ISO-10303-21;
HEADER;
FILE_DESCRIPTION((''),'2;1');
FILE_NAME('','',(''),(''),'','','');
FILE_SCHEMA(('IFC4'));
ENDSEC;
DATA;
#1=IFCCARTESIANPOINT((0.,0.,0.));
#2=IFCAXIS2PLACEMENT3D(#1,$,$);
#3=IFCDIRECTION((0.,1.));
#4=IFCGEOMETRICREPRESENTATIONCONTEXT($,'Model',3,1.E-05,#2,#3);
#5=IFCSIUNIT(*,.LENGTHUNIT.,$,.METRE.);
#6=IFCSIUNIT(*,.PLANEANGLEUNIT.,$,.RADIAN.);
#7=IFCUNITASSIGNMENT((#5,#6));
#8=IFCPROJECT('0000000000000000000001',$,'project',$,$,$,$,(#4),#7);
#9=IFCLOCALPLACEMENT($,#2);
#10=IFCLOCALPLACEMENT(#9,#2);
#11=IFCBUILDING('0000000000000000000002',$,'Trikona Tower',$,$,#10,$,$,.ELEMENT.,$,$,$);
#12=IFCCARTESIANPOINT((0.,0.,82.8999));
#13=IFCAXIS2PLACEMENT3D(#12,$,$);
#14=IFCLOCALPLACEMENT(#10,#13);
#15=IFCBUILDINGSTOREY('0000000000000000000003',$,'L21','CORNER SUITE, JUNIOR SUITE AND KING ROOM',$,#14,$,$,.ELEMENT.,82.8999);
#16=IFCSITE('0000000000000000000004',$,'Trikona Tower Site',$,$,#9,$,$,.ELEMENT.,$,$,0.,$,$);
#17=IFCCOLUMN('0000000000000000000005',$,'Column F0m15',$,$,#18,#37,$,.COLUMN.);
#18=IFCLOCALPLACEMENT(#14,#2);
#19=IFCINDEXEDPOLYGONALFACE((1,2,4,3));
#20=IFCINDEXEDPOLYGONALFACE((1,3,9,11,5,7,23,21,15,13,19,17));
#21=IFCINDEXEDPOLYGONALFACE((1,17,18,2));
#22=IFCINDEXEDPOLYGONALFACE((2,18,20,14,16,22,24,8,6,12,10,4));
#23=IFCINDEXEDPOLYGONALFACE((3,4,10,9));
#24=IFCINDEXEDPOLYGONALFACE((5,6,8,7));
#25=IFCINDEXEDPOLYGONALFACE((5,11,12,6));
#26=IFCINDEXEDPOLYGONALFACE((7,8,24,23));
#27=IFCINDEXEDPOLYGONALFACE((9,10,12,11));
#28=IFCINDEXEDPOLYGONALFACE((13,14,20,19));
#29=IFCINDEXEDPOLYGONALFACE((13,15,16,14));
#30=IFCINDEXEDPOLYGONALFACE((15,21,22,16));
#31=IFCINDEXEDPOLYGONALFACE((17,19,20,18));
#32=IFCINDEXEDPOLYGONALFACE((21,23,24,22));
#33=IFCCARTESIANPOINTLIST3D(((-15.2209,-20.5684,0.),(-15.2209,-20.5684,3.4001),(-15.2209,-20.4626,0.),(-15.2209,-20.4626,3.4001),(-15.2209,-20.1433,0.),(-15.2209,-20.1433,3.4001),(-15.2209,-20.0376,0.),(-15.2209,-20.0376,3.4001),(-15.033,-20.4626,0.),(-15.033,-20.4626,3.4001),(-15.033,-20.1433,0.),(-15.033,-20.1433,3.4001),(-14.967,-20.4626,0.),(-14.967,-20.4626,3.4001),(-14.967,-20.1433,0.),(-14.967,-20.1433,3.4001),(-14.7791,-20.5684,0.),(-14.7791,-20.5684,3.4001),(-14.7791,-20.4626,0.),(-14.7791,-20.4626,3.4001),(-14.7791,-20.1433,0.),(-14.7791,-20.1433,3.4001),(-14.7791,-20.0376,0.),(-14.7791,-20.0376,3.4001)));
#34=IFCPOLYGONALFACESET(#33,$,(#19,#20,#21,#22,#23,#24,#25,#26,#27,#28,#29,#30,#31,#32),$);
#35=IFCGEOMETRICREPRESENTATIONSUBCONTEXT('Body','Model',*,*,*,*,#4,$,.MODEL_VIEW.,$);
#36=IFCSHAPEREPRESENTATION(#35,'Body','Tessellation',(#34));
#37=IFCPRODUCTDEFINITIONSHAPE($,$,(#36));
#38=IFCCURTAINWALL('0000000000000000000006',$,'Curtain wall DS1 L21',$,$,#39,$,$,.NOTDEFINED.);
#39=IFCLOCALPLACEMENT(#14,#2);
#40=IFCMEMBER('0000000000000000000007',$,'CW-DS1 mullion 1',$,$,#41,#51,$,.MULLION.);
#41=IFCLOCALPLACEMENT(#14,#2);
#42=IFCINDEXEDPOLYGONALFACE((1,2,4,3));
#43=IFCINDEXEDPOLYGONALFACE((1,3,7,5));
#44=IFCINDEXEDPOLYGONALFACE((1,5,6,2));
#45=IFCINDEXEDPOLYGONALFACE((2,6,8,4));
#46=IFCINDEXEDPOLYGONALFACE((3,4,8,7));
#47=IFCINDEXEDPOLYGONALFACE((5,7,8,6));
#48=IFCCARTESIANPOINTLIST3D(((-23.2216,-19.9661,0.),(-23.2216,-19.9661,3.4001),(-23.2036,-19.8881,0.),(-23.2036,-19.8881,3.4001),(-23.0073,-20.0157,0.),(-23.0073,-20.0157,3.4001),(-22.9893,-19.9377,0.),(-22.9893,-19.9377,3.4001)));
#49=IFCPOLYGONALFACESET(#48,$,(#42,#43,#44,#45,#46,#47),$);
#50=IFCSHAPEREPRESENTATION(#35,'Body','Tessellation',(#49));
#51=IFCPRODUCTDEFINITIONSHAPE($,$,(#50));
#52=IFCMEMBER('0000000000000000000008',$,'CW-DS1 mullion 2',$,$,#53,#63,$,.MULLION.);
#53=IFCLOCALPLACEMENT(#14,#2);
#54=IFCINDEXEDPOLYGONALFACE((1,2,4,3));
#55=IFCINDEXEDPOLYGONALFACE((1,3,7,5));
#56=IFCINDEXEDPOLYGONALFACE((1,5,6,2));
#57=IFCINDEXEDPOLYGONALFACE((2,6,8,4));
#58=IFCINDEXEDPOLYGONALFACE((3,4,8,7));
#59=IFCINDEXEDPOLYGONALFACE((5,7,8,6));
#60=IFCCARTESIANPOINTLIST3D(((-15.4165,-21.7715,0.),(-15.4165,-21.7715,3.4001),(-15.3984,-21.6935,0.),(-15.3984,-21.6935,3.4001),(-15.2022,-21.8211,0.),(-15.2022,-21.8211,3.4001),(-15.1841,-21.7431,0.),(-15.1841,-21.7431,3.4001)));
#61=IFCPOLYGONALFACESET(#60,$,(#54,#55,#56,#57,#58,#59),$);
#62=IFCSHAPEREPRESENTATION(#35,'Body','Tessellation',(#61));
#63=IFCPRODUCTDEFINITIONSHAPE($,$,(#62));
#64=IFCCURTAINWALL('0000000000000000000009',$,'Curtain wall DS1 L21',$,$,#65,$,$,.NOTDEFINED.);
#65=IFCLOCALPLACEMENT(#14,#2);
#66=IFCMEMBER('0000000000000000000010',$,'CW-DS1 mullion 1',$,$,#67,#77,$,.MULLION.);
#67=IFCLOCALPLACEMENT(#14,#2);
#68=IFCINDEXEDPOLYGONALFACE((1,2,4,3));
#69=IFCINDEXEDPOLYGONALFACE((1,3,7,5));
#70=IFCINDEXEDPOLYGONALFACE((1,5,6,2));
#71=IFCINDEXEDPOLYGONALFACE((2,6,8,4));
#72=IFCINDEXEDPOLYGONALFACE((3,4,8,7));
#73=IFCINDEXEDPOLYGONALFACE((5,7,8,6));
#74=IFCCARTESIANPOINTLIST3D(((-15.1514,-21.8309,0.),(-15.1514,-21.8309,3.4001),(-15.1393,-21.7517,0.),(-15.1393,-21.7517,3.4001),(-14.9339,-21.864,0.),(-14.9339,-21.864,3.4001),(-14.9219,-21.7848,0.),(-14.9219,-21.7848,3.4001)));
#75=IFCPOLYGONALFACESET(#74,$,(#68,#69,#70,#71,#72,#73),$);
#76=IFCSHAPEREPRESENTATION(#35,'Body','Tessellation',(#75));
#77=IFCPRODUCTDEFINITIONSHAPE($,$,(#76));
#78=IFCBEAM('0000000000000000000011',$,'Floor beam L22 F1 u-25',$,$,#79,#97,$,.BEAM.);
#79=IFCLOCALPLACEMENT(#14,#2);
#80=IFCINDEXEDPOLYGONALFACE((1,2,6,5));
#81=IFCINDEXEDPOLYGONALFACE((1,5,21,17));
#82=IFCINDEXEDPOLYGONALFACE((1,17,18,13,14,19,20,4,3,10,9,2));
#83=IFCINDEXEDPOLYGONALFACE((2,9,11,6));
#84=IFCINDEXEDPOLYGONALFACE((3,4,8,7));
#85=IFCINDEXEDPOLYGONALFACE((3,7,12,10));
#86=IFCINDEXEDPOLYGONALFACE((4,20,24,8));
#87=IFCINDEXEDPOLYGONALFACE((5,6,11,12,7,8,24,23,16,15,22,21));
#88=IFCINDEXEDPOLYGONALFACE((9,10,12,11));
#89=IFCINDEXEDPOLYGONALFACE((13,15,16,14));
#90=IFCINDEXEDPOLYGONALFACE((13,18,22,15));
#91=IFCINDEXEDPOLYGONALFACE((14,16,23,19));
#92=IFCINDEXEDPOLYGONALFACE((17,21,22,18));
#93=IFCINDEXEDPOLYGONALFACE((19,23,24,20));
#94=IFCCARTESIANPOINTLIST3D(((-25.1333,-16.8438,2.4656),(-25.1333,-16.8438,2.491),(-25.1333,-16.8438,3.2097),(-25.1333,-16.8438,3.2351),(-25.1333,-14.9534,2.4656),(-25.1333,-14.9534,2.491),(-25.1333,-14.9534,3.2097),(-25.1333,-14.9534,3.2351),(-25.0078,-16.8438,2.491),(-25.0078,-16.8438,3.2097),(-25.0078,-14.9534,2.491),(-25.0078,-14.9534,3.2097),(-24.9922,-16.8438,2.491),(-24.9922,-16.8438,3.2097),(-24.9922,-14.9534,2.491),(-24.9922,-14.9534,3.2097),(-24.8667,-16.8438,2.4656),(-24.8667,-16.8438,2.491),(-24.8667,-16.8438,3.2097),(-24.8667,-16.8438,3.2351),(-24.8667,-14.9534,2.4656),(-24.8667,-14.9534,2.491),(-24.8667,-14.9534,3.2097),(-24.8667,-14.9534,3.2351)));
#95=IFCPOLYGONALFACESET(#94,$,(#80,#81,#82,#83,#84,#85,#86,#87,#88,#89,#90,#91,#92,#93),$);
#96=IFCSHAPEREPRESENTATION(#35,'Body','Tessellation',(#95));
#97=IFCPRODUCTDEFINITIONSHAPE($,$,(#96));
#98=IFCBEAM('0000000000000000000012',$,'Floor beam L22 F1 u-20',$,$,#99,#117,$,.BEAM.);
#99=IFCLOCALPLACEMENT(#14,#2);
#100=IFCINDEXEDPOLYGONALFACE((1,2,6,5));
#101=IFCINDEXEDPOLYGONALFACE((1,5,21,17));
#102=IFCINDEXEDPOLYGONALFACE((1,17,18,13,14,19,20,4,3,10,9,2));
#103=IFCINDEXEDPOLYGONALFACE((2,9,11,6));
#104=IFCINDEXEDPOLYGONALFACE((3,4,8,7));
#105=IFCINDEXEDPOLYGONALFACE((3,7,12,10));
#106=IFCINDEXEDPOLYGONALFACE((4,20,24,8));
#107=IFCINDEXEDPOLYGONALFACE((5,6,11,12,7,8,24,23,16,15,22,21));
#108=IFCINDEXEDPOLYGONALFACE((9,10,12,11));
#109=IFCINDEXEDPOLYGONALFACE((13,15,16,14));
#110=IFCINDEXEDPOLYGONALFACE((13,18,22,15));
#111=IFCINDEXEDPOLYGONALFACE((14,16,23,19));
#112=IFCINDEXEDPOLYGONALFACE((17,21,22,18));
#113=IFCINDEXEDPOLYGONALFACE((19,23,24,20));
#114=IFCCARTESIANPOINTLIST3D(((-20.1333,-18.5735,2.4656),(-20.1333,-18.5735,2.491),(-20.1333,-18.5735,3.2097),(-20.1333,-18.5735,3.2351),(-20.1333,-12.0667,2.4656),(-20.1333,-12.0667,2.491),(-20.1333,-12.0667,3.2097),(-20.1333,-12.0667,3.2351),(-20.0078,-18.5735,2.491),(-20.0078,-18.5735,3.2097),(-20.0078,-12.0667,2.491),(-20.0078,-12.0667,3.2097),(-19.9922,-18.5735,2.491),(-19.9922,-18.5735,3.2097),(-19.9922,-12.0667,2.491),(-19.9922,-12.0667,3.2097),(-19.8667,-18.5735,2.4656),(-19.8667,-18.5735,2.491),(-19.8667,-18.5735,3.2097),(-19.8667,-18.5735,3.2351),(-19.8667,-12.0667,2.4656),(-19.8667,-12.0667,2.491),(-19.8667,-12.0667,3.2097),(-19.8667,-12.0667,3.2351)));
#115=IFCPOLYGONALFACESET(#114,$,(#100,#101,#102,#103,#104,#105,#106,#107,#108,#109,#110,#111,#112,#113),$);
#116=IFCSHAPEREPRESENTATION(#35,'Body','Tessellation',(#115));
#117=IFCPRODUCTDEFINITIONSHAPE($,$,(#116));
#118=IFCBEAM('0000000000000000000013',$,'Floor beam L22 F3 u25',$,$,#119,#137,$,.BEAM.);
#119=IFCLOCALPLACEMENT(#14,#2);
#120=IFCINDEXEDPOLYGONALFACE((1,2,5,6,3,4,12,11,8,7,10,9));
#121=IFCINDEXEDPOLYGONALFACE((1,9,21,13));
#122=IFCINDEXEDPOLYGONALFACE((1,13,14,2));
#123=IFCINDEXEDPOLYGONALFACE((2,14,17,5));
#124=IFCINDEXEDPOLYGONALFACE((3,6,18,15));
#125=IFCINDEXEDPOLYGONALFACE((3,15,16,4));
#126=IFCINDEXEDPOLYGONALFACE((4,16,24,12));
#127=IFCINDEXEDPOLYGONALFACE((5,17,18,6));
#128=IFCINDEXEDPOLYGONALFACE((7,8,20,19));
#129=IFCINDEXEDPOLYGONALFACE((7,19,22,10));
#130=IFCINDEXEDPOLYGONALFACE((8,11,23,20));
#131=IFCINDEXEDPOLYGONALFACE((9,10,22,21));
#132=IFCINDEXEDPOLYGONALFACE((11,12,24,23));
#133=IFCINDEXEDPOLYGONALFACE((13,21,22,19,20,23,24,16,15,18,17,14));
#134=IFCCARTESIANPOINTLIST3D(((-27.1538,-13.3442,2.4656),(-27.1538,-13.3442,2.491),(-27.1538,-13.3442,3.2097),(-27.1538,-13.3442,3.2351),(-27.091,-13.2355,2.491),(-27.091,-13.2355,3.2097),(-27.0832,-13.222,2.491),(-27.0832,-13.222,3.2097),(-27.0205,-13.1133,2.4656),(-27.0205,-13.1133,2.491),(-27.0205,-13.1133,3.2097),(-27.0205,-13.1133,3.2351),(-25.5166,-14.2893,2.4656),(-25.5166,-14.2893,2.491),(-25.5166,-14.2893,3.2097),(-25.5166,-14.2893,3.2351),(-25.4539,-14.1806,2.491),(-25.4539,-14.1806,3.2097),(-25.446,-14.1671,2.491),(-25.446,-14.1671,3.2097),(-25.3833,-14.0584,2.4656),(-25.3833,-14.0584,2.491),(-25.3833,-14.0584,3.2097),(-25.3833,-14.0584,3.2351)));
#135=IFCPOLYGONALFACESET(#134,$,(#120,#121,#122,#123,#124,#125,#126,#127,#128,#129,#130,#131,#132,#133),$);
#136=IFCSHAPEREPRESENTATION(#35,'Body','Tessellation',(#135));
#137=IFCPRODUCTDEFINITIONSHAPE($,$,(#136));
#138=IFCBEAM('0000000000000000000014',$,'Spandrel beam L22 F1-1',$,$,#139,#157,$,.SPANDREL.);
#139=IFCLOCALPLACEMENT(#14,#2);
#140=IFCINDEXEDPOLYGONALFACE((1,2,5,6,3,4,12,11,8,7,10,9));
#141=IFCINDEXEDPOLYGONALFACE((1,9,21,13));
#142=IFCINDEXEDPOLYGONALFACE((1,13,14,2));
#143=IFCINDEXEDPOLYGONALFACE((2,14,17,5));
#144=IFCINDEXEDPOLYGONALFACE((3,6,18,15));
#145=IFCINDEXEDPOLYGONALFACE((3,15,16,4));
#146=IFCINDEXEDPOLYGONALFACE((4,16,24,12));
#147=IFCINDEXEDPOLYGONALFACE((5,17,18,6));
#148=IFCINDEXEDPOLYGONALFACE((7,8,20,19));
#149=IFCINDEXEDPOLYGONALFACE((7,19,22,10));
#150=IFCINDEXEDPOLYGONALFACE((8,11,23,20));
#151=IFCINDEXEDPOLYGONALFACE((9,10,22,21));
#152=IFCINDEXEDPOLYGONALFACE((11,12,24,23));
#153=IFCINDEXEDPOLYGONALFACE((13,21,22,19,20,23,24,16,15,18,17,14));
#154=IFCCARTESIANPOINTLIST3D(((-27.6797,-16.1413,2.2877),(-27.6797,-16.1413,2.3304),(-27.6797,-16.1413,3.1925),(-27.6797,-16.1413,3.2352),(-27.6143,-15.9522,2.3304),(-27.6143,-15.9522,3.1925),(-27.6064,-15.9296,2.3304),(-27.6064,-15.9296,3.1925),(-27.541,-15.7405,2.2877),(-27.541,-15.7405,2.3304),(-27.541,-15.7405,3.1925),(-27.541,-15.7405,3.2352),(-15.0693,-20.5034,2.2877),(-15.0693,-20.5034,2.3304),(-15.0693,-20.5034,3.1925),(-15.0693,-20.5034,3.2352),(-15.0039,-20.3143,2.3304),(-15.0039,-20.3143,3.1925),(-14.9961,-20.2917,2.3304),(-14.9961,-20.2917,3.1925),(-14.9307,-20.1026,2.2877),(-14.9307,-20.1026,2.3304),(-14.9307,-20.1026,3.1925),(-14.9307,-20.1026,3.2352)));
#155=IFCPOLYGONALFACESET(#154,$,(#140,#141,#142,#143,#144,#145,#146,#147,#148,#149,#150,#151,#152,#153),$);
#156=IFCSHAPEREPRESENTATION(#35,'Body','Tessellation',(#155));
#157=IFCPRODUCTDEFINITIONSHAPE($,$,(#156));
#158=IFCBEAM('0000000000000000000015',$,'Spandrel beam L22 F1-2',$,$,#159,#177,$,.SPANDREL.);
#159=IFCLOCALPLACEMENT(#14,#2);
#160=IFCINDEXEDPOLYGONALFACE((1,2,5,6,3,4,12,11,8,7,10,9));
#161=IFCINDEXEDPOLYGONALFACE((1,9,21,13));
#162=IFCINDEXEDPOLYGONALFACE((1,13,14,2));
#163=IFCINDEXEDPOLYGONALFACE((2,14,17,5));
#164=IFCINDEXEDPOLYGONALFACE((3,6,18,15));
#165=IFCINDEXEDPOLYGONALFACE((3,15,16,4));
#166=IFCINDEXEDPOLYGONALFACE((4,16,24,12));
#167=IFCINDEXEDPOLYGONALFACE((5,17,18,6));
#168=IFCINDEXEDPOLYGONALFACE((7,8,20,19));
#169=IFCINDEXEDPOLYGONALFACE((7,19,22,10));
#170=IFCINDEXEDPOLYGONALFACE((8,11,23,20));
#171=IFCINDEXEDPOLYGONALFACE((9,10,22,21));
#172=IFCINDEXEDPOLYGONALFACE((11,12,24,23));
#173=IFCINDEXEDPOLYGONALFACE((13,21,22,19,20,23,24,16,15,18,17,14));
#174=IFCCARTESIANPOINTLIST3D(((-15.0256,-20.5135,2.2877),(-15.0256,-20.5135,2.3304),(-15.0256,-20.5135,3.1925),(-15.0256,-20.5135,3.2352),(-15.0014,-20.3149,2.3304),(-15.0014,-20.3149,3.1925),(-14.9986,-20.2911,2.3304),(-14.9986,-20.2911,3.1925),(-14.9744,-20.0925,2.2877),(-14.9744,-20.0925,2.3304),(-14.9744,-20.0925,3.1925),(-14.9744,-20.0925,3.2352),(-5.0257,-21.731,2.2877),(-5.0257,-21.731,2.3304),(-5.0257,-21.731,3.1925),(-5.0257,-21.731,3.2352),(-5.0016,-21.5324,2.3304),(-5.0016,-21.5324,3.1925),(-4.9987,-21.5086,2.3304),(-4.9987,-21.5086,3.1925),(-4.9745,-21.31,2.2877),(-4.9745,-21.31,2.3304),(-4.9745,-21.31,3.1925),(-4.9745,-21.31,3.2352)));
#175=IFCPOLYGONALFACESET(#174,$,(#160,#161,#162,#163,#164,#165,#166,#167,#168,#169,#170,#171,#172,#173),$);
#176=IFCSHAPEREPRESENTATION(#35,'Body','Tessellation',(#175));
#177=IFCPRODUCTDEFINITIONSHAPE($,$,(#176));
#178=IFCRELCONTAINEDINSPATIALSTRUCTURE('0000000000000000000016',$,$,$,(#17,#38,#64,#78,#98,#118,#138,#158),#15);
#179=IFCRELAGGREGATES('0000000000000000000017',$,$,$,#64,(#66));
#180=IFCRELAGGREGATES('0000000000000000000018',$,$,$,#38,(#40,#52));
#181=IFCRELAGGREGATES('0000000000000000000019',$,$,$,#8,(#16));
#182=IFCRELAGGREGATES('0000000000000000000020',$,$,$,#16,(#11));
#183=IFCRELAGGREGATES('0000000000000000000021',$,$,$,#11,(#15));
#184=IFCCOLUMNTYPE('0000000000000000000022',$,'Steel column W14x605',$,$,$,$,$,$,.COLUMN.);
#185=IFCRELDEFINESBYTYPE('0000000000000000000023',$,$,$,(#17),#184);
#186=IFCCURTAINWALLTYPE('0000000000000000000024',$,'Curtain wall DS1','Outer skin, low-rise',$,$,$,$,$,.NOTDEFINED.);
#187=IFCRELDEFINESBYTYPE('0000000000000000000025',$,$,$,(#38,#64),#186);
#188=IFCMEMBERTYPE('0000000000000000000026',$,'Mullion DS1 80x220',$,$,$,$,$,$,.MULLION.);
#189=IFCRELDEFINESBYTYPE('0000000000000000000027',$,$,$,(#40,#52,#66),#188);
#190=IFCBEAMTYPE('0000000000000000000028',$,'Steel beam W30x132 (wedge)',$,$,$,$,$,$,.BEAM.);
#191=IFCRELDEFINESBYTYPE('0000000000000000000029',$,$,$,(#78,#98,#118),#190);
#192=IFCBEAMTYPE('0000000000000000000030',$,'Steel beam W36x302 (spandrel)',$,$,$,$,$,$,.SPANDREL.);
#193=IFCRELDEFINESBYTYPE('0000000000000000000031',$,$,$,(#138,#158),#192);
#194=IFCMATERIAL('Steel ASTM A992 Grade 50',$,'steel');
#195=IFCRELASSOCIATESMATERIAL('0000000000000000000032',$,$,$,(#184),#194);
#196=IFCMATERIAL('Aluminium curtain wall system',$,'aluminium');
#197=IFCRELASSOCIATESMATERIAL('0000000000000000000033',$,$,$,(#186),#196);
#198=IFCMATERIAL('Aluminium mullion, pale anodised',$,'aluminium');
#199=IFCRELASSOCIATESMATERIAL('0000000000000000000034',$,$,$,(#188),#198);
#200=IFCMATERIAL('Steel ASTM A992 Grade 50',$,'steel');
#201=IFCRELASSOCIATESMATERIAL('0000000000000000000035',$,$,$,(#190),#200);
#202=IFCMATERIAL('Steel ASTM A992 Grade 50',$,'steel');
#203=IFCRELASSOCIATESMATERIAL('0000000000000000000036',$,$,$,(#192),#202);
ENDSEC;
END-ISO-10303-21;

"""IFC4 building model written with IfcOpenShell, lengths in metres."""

from ifc_helpers import new_model, si_unit, direction, frame, origin, origin_2d, place, context, subcontext, project, spatial, rectangle, i_section, extrude, material, material_profile, profile_set, type_object, element, aggregate, save


model = new_model("IFC4")

# Units and contexts
model_context = context("Model", 3, precision=1e-05, world=origin(), true_north=direction((0.0, 1.0)))
body_context = subcontext(model_context, "Body", "Model", "MODEL_VIEW")
ifc_project = project(units=[si_unit("LENGTHUNIT", "METRE"), si_unit("PLANEANGLEUNIT", "RADIAN")], contexts=[model_context])

# Site, building, storey
site_placement = place(None, origin())
site = spatial("IfcSite", under=ifc_project, at=site_placement, Name="Trikona Tower Site", CompositionType="ELEMENT", RefElevation=0.0)
building_placement = place(site_placement, origin())
building = spatial("IfcBuilding", under=site, at=building_placement, Name="Trikona Tower", CompositionType="ELEMENT")
storey_placement = place(building_placement, frame((0.0, 0.0, 82.8999)))
storey = spatial("IfcBuildingStorey", under=building, at=storey_placement, Name="L21", Description="CORNER SUITE, JUNIOR SUITE AND KING ROOM", CompositionType="ELEMENT", Elevation=82.8999)

# Column
ifc_material_1 = material(Name="Steel ASTM A992 Grade 50", Category="steel")
ifc_material_profile_1 = material_profile(ifc_material_1, i_section(OverallWidth=0.4419, OverallDepth=0.5308, WebThickness=0.0659, FlangeThickness=0.1057, at=origin_2d()), Name="W14X605")
ifc_profile_set_1 = profile_set([ifc_material_profile_1], Name="Steel ASTM A992 Grade 50")
column_type = type_object("IfcColumnType", Name="Steel column W14x605", PredefinedType="COLUMN", material=ifc_profile_set_1)
column_placement = place(storey_placement, frame((-15.0, -20.303, 0.0), z_axis=(0.0, 0.0, 1.0), x_axis=(1.0, 0.0, 0.0)))
element("IfcColumn", 1, at=column_placement, inside=storey, type_object=column_type, Name="Column F0m15", PredefinedType="COLUMN", context=body_context, shape_type="SweptSolid", body=[
    extrude(i_section(OverallWidth=0.4419, OverallDepth=0.5308, WebThickness=0.0659, FlangeThickness=0.1057, at=origin_2d()), origin(), (0.0, 0.0, 1.0), 3.4001),
])

# Curtain wall, members
ifc_material_2 = material(Name="Aluminium curtain wall system", Category="aluminium")
curtain_wall_type = type_object("IfcCurtainWallType", Name="Curtain wall DS1", Description="Outer skin, low-rise", PredefinedType="NOTDEFINED", material=ifc_material_2)
curtain_wall_1_placement = place(storey_placement, origin())
curtain_wall_1 = element("IfcCurtainWall", 2, at=curtain_wall_1_placement, inside=storey, type_object=curtain_wall_type, Name="Curtain wall DS1 L21", PredefinedType="NOTDEFINED")
ifc_material_3 = material(Name="Aluminium mullion, pale anodised", Category="aluminium")
ifc_material_profile_2 = material_profile(ifc_material_3, rectangle(XDim=0.0801, YDim=0.22, at=origin_2d()), Name="MUL-DS1")
ifc_profile_set_2 = profile_set([ifc_material_profile_2], Name="Aluminium mullion, pale anodised")
member_type_1 = type_object("IfcMemberType", Name="Mullion DS1 80x220", PredefinedType="MULLION", material=ifc_profile_set_2)
member_1_placement = place(storey_placement, frame((-23.1055, -19.9519, 0.0), z_axis=(0.0, 0.0, 1.0), x_axis=(0.225343, 0.974279, 0.0)))
member_1 = element("IfcMember", 3, at=member_1_placement, type_object=member_type_1, Name="CW-DS1 mullion 1", PredefinedType="MULLION", context=body_context, shape_type="SweptSolid", body=[
    extrude(rectangle(XDim=0.0801, YDim=0.22, at=origin_2d()), origin(), (0.0, 0.0, 1.0), 3.4001),
])
member_2_placement = place(storey_placement, frame((-15.3003, -21.7573, 0.0), z_axis=(0.0, 0.0, 1.0), x_axis=(0.225343, 0.974279, 0.0)))
member_2 = element("IfcMember", 4, at=member_2_placement, type_object=member_type_1, Name="CW-DS1 mullion 2", PredefinedType="MULLION", context=body_context, shape_type="SweptSolid", body=[
    extrude(rectangle(XDim=0.0801, YDim=0.22, at=origin_2d()), origin(), (0.0, 0.0, 1.0), 3.4001),
])

# Curtain wall, member
curtain_wall_2_placement = place(storey_placement, origin())
curtain_wall_2 = element("IfcCurtainWall", 5, at=curtain_wall_2_placement, inside=storey, type_object=curtain_wall_type, Name="Curtain wall DS1 L21", PredefinedType="NOTDEFINED")
member_3_placement = place(storey_placement, frame((-15.0366, -21.8079, 0.0), z_axis=(0.0, 0.0, 1.0), x_axis=(0.150438, 0.988619, 0.0)))
member_3 = element("IfcMember", 6, at=member_3_placement, type_object=member_type_1, Name="CW-DS1 mullion 1", PredefinedType="MULLION", context=body_context, shape_type="SweptSolid", body=[
    extrude(rectangle(XDim=0.0801, YDim=0.22, at=origin_2d()), origin(), (0.0, 0.0, 1.0), 3.4001),
])
aggregate(curtain_wall_2, [member_3])

# Beams
ifc_material_4 = material(Name="Steel ASTM A992 Grade 50", Category="steel")
ifc_material_profile_3 = material_profile(ifc_material_4, i_section(OverallWidth=0.2666, OverallDepth=0.7695, WebThickness=0.0156, FlangeThickness=0.0254, at=origin_2d()), Name="W30X132")
ifc_profile_set_3 = profile_set([ifc_material_profile_3], Name="Steel ASTM A992 Grade 50")
beam_type_1 = type_object("IfcBeamType", Name="Steel beam W30x132 (wedge)", PredefinedType="BEAM", material=ifc_profile_set_3)
beam_1_placement = place(storey_placement, frame((-25.0, -14.9534, 2.8503), z_axis=(0.0, -1.0, 0.0), x_axis=(1.0, 0.0, 0.0)))
element("IfcBeam", 7, at=beam_1_placement, inside=storey, type_object=beam_type_1, Name="Floor beam L22 F1 u-25", PredefinedType="BEAM", context=body_context, shape_type="SweptSolid", body=[
    extrude(i_section(OverallWidth=0.2666, OverallDepth=0.7695, WebThickness=0.0156, FlangeThickness=0.0254, at=origin_2d()), origin(), (0.0, 0.0, 1.0), 1.8904),
])
beam_2_placement = place(storey_placement, frame((-20.0, -12.0667, 2.8503), z_axis=(0.0, -1.0, 0.0), x_axis=(1.0, 0.0, 0.0)))
element("IfcBeam", 8, at=beam_2_placement, inside=storey, type_object=beam_type_1, Name="Floor beam L22 F1 u-20", PredefinedType="BEAM", context=body_context, shape_type="SweptSolid", body=[
    extrude(i_section(OverallWidth=0.2666, OverallDepth=0.7695, WebThickness=0.0156, FlangeThickness=0.0254, at=origin_2d()), origin(), (0.0, 0.0, 1.0), 6.5068),
])
beam_3_placement = place(storey_placement, frame((-25.45, -14.1738, 2.8503), z_axis=(-0.866065, 0.499931, 0.0), x_axis=(-0.499931, -0.866065, 0.0)))
element("IfcBeam", 9, at=beam_3_placement, inside=storey, type_object=beam_type_1, Name="Floor beam L22 F3 u25", PredefinedType="BEAM", context=body_context, shape_type="SweptSolid", body=[
    extrude(i_section(OverallWidth=0.2666, OverallDepth=0.7695, WebThickness=0.0156, FlangeThickness=0.0254, at=origin_2d()), origin(), (0.0, 0.0, 1.0), 1.8904),
])
ifc_material_5 = material(Name="Steel ASTM A992 Grade 50", Category="steel")
ifc_material_profile_4 = material_profile(ifc_material_5, i_section(OverallWidth=0.4241, OverallDepth=0.9475, WebThickness=0.0239, FlangeThickness=0.0427, at=origin_2d()), Name="W36X302")
ifc_profile_set_4 = profile_set([ifc_material_profile_4], Name="Steel ASTM A992 Grade 50")
beam_type_2 = type_object("IfcBeamType", Name="Steel beam W36x302 (spandrel)", PredefinedType="SPANDREL", material=ifc_profile_set_4)
beam_4_placement = place(storey_placement, frame((-27.6104, -15.9409, 2.7615), z_axis=(0.945057, -0.326906, 0.0), x_axis=(0.326906, 0.945057, 0.0)))
element("IfcBeam", 10, at=beam_4_placement, inside=storey, type_object=beam_type_2, Name="Spandrel beam L22 F1-1", PredefinedType="SPANDREL", context=body_context, shape_type="SweptSolid", body=[
    extrude(i_section(OverallWidth=0.4241, OverallDepth=0.9475, WebThickness=0.0239, FlangeThickness=0.0427, at=origin_2d()), origin(), (0.0, 0.0, 1.0), 13.3435),
])
beam_5_placement = place(storey_placement, frame((-15.0, -20.303, 2.7615), z_axis=(0.99267, -0.12086, 0.0), x_axis=(0.12086, 0.99267, 0.0)))
element("IfcBeam", 11, at=beam_5_placement, inside=storey, type_object=beam_type_2, Name="Spandrel beam L22 F1-2", PredefinedType="SPANDREL", context=body_context, shape_type="SweptSolid", body=[
    extrude(i_section(OverallWidth=0.4241, OverallDepth=0.9475, WebThickness=0.0239, FlangeThickness=0.0427, at=origin_2d()), origin(), (0.0, 0.0, 1.0), 10.0737),
])

aggregate(curtain_wall_1, [member_1, member_2])

save(model, "model.ifc")
